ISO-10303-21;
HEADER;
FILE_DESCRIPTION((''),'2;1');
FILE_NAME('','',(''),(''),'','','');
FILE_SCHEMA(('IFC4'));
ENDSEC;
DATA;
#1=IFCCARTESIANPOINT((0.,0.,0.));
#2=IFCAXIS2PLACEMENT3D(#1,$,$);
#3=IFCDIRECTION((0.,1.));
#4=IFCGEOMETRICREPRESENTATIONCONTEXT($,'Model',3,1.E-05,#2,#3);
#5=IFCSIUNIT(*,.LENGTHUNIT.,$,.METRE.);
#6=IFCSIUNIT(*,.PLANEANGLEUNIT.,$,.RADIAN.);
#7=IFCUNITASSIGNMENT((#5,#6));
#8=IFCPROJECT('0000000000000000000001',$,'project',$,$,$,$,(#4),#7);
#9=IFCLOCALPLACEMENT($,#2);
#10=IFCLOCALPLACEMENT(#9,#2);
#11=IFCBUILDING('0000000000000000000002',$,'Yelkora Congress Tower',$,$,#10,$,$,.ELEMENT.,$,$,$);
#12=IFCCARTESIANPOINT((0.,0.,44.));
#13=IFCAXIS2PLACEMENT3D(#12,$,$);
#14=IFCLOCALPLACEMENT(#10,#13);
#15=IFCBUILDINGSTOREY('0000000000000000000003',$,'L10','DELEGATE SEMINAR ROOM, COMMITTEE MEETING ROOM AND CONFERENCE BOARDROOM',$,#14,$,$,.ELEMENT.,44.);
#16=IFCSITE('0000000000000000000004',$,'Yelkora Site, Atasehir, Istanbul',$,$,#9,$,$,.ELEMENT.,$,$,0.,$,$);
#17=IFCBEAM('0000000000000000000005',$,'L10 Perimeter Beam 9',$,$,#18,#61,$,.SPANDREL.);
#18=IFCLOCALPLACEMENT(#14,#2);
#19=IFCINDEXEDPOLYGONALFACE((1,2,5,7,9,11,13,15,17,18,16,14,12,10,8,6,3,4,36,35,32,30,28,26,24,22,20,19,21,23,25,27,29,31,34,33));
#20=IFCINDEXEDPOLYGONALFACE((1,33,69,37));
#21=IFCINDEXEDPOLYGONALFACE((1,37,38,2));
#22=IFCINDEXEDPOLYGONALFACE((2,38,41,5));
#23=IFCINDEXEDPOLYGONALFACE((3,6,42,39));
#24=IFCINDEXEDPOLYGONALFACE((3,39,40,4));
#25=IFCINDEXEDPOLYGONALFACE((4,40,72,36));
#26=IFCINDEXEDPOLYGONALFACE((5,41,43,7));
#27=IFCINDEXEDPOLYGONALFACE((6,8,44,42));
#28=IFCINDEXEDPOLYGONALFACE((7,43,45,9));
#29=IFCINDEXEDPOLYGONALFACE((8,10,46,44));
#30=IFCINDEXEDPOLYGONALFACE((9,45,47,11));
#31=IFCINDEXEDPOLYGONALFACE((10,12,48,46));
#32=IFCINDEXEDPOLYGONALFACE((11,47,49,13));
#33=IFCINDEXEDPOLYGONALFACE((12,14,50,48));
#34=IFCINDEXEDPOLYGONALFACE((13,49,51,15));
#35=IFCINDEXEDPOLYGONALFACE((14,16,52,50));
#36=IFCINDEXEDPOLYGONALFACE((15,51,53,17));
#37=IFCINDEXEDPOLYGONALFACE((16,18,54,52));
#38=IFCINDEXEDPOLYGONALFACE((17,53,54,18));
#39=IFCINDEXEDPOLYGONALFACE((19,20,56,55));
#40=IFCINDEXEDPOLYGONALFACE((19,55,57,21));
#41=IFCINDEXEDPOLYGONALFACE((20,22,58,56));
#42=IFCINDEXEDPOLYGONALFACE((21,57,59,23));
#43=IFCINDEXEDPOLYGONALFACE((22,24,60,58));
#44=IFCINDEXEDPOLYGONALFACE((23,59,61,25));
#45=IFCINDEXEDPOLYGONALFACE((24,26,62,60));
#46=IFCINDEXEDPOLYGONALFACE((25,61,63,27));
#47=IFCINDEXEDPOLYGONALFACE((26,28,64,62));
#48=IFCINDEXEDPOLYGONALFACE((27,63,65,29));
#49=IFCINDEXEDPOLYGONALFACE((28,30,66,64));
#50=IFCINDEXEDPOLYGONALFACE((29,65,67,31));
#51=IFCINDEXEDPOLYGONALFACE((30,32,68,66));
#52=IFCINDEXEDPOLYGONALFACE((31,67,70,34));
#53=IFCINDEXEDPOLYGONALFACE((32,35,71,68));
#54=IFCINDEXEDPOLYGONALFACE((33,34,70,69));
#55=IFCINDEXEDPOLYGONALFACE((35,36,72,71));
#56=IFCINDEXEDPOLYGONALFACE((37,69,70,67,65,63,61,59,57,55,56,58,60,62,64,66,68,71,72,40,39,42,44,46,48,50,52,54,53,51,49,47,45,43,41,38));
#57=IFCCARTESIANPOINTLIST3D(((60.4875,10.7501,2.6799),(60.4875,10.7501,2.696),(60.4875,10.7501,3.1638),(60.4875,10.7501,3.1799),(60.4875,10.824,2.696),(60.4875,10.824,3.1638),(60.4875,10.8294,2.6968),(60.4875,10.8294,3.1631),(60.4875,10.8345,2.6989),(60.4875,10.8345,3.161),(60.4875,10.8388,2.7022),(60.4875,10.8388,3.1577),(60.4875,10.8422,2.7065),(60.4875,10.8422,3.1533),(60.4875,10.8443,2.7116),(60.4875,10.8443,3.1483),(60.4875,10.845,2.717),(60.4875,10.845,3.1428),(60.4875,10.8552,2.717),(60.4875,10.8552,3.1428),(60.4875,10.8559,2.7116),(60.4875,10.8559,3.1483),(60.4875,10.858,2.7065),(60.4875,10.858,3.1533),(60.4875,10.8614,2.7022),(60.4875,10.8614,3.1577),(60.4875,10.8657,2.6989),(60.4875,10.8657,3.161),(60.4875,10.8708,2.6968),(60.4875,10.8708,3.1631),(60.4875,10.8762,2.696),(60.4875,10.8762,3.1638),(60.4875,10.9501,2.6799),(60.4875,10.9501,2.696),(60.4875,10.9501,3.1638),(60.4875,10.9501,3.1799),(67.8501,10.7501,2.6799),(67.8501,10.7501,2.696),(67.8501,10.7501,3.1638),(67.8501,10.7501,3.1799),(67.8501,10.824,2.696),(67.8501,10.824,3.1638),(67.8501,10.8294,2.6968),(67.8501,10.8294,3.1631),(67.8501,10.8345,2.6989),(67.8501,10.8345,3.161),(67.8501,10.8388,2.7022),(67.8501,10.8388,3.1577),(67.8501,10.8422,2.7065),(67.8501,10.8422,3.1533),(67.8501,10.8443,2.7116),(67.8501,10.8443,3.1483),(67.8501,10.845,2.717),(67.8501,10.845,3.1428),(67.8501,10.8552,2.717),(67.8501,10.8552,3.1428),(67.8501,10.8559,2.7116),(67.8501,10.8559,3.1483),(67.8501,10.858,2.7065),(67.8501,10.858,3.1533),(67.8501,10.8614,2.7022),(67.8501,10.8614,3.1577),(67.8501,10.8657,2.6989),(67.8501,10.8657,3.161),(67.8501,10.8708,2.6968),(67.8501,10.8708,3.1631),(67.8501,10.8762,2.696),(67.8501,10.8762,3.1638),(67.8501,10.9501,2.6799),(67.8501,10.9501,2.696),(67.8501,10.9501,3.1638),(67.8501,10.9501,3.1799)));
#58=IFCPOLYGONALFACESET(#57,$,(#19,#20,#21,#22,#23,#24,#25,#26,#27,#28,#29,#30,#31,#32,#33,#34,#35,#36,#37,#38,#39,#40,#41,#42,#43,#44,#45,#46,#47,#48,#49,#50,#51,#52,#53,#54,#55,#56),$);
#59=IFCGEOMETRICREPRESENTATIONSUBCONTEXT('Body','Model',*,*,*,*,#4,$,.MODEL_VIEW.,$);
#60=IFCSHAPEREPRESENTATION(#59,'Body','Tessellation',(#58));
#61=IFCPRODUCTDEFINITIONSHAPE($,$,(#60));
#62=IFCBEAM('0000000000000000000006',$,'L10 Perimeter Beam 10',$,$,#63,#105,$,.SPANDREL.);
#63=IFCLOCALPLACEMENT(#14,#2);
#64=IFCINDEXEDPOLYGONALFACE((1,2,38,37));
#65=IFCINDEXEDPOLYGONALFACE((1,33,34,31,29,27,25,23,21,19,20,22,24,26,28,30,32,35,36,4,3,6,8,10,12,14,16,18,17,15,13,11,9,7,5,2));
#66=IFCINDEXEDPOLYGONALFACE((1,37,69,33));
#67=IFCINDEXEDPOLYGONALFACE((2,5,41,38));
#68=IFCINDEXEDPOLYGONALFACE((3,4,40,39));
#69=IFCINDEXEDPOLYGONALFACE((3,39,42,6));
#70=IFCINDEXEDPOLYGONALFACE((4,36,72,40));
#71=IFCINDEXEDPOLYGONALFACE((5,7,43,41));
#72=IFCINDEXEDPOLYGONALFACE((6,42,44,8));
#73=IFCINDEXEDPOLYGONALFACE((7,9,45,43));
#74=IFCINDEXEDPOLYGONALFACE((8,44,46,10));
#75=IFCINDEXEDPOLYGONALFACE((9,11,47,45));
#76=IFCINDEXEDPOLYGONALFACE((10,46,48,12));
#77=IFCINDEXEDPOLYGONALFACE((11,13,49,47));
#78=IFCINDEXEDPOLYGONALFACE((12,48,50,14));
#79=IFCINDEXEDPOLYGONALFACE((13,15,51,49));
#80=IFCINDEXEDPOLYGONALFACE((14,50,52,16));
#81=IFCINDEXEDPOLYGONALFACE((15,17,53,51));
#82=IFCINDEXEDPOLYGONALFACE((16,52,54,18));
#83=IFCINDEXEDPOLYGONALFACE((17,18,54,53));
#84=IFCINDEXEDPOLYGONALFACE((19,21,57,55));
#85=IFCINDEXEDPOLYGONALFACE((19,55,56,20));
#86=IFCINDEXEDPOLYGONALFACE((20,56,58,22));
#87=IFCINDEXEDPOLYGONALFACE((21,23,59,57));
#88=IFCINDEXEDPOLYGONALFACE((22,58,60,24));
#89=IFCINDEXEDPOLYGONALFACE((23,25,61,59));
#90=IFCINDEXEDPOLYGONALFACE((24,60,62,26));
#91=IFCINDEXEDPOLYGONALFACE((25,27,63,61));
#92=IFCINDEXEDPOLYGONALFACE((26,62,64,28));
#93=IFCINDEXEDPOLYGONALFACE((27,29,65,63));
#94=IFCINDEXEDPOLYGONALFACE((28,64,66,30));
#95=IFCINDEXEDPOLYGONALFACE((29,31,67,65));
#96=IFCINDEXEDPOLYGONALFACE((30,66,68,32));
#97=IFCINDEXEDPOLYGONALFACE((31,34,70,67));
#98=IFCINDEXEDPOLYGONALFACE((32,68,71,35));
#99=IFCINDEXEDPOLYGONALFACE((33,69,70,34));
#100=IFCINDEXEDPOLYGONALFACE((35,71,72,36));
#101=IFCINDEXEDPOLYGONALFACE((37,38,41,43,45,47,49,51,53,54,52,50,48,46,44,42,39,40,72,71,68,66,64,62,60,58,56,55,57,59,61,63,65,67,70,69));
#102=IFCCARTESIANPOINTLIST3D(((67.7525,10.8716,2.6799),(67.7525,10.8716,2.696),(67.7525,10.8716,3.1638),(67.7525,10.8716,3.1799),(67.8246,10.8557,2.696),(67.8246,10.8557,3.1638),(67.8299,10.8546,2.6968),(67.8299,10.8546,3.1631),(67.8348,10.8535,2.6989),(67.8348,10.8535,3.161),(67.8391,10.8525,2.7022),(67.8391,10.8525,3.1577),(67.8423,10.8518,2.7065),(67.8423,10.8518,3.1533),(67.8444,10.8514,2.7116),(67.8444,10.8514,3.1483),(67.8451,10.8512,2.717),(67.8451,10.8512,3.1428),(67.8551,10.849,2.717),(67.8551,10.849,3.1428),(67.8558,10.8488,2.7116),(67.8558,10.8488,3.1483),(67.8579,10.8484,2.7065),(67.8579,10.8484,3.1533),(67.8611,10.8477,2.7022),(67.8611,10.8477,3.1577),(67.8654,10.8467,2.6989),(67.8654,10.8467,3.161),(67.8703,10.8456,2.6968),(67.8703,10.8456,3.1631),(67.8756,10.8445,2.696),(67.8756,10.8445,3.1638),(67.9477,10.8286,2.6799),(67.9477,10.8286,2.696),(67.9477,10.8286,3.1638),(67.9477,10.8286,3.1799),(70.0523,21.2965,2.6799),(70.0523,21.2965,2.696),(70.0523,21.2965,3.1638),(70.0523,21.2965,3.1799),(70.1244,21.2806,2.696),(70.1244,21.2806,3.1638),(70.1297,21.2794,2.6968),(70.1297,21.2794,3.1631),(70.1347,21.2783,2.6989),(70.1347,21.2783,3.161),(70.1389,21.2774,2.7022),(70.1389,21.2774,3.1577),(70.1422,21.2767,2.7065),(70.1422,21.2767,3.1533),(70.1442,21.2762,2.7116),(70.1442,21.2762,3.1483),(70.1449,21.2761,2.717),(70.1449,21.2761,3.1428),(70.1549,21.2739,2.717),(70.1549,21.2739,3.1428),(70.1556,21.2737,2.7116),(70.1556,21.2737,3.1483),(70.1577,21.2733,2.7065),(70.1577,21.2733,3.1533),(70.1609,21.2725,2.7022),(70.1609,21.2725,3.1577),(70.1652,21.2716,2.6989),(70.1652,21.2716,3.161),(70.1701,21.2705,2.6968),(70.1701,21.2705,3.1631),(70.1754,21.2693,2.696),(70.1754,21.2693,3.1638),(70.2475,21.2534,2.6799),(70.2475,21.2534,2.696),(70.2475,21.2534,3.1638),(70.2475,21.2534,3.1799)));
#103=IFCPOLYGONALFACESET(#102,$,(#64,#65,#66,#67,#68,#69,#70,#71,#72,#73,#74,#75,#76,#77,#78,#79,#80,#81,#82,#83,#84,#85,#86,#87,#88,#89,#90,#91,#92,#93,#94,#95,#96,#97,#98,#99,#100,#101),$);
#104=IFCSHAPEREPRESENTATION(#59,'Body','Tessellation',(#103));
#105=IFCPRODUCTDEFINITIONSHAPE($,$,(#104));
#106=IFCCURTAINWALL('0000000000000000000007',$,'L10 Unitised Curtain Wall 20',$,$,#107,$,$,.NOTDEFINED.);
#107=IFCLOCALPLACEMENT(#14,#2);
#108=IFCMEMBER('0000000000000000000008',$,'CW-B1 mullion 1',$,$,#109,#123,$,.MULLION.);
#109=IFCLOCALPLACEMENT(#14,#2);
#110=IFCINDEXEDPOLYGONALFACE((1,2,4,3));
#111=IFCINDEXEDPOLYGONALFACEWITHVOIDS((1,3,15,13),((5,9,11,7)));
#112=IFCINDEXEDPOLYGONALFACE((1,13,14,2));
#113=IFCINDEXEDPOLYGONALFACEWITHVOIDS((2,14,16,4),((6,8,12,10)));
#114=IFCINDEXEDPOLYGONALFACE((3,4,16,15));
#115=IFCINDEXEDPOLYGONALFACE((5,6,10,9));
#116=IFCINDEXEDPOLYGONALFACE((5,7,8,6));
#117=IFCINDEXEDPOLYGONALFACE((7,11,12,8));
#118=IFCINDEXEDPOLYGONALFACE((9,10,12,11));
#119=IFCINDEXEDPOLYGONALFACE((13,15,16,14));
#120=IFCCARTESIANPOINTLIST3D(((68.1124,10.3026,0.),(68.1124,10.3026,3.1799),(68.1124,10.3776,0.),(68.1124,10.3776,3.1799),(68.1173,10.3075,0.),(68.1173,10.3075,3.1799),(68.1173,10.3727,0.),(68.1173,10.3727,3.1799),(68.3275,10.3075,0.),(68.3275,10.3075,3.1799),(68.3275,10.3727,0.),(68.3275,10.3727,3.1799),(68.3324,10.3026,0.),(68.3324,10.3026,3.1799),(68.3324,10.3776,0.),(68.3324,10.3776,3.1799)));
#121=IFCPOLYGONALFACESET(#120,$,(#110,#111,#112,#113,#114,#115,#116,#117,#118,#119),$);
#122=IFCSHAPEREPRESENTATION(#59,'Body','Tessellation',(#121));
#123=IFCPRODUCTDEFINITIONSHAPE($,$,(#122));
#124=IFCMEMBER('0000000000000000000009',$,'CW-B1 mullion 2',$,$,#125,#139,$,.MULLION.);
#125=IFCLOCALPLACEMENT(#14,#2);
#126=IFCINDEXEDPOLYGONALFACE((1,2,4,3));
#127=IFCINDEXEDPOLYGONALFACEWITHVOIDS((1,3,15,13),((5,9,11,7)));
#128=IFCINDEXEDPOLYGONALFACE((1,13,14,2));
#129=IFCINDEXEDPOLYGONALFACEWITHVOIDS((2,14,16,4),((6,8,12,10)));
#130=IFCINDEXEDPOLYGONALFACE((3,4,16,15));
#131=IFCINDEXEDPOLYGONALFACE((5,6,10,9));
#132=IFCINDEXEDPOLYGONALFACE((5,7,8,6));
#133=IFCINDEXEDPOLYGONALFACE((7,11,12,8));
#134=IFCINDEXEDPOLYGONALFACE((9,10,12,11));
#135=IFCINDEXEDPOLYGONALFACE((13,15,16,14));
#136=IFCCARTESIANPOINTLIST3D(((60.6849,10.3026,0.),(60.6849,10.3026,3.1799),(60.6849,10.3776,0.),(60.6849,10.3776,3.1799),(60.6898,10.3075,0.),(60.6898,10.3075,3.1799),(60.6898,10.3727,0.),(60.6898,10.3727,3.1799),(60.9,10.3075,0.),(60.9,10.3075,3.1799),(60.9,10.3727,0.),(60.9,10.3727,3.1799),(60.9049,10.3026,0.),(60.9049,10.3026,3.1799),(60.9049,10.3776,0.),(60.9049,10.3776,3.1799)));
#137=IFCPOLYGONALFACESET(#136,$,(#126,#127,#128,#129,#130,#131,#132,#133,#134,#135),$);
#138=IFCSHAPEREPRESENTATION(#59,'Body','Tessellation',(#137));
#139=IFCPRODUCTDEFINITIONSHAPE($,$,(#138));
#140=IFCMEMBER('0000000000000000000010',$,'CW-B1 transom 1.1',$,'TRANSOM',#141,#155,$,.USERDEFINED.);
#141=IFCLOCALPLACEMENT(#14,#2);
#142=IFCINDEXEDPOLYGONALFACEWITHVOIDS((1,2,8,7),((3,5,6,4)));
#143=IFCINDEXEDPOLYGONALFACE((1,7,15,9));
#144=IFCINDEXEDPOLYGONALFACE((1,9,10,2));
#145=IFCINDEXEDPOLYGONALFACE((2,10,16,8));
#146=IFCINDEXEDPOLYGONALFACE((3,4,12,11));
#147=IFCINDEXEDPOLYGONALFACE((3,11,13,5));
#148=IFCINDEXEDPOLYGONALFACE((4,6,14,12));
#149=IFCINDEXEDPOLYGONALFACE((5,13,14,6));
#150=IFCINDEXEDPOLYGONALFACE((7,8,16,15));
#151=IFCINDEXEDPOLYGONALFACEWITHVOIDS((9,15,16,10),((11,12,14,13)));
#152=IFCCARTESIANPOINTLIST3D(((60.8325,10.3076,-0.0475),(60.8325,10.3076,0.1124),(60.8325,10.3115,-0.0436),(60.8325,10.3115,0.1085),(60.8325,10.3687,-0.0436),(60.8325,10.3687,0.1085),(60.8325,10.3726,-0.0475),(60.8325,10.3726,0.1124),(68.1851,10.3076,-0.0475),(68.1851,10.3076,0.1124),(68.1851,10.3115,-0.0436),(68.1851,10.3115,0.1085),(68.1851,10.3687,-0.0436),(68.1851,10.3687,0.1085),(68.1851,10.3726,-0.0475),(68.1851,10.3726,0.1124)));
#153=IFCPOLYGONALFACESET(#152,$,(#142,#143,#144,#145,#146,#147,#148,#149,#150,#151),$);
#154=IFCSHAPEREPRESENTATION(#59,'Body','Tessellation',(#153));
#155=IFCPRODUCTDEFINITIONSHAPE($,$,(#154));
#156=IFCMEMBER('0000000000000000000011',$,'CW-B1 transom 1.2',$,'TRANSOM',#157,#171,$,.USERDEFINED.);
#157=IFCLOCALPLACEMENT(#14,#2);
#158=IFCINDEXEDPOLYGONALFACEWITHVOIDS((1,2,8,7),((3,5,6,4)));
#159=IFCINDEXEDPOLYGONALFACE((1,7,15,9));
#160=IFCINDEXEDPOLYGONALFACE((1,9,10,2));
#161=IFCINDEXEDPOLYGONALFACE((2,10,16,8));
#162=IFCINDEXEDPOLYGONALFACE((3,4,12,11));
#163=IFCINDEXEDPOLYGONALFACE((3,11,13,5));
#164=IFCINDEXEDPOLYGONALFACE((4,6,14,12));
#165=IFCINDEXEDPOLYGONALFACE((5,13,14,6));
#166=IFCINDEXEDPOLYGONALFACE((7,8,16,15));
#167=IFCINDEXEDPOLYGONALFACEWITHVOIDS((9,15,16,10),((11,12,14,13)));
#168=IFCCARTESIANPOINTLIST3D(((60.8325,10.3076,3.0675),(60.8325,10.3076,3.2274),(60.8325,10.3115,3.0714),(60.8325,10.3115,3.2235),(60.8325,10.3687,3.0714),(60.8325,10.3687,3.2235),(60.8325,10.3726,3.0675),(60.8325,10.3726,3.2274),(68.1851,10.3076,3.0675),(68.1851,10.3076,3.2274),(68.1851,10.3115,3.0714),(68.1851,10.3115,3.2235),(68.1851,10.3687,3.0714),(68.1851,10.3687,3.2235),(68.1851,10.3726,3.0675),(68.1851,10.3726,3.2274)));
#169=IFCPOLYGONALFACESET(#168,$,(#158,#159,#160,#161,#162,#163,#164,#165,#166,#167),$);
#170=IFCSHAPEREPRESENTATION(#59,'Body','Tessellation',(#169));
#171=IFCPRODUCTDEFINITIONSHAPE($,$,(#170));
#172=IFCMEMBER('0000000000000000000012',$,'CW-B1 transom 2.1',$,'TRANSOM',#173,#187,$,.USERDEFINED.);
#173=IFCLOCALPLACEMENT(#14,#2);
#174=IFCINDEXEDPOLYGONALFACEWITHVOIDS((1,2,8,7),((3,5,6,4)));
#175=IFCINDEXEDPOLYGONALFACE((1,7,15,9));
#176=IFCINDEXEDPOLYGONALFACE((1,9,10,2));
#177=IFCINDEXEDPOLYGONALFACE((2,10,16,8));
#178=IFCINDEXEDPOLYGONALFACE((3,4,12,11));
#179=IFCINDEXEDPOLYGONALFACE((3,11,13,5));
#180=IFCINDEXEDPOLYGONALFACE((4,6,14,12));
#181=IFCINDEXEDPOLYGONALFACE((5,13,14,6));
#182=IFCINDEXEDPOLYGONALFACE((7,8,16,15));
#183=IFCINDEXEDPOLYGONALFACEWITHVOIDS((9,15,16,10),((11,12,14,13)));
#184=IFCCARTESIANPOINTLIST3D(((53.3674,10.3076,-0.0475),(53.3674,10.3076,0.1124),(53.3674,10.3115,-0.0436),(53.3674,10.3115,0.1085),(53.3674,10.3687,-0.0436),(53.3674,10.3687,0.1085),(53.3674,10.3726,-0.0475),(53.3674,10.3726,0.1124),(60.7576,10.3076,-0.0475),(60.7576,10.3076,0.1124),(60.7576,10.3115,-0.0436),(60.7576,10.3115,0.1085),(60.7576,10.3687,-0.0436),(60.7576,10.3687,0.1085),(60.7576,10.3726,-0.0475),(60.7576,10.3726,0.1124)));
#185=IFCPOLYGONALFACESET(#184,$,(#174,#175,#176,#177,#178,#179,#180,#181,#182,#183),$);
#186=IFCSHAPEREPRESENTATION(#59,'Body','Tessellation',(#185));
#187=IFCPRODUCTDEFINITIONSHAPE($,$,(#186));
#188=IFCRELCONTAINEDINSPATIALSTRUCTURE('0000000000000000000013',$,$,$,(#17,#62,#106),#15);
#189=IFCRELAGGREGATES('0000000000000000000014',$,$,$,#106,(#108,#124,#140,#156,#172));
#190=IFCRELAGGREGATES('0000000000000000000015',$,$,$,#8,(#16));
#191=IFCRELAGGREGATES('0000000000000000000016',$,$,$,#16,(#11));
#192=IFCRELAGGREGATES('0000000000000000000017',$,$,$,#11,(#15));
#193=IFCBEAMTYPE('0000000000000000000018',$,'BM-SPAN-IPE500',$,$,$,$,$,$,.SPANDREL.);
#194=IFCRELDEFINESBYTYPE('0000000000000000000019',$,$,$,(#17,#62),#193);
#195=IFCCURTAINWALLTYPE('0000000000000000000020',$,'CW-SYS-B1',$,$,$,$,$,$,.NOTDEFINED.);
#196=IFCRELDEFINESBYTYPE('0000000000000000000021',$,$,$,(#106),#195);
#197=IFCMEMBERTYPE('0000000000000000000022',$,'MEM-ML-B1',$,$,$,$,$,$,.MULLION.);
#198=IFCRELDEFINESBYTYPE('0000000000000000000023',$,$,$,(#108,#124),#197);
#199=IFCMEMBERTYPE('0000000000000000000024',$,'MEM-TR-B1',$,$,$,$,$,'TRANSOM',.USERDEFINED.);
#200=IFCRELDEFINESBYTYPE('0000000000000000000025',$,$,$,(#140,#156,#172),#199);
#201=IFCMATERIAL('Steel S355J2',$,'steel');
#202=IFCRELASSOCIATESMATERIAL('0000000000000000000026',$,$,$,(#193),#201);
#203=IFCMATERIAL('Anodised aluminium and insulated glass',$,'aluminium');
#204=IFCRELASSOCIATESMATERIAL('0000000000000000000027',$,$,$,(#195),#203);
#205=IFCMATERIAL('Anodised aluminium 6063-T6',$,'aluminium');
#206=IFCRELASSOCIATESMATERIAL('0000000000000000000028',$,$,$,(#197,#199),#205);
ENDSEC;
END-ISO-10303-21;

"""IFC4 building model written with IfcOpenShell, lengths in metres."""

from ifc_helpers import new_model, si_unit, direction, frame, origin, origin_2d, place, context, subcontext, project, spatial, hollow_rectangle, i_section, extrude, material, material_profile, profile_set, type_object, element, aggregate, save


model = new_model("IFC4")

# Units and contexts
model_context = context("Model", 3, precision=1e-05, world=origin(), true_north=direction((0.0, 1.0)))
body_context = subcontext(model_context, "Body", "Model", "MODEL_VIEW")
ifc_project = project(units=[si_unit("LENGTHUNIT", "METRE"), si_unit("PLANEANGLEUNIT", "RADIAN")], contexts=[model_context])

# Site, building, storey
site_placement = place(None, origin())
site = spatial("IfcSite", under=ifc_project, at=site_placement, Name="Yelkora Site, Atasehir, Istanbul", CompositionType="ELEMENT", RefElevation=0.0)
building_placement = place(site_placement, origin())
building = spatial("IfcBuilding", under=site, at=building_placement, Name="Yelkora Congress Tower", CompositionType="ELEMENT")
storey_placement = place(building_placement, frame((0.0, 0.0, 44.0)))
storey = spatial("IfcBuildingStorey", under=building, at=storey_placement, Name="L10", Description="DELEGATE SEMINAR ROOM, COMMITTEE MEETING ROOM AND CONFERENCE BOARDROOM", CompositionType="ELEMENT", Elevation=44.0)

# Beams
ifc_material_1 = material(Name="Steel S355J2", Category="steel")
ifc_material_profile_1 = material_profile(ifc_material_1, i_section(OverallWidth=0.2, OverallDepth=0.5, WebThickness=0.0103, FlangeThickness=0.0161, FilletRadius=0.021, at=origin_2d()), Name="IPE 500")
ifc_profile_set_1 = profile_set([ifc_material_profile_1], Name="Steel S355J2")
beam_type_1 = type_object("IfcBeamType", Name="BM-SPAN-IPE500", PredefinedType="SPANDREL", material=ifc_profile_set_1)
beam_1_placement = place(storey_placement, frame((60.4875, 10.8501, 2.9299), z_axis=(1.0, 0.0, 0.0), x_axis=(0.0, 1.0, 0.0)))
element("IfcBeam", 1, at=beam_1_placement, inside=storey, type_object=beam_type_1, Name="L10 Perimeter Beam 9", PredefinedType="SPANDREL", context=body_context, shape_type="SweptSolid", body=[
    extrude(i_section(OverallWidth=0.2, OverallDepth=0.5, WebThickness=0.0103, FlangeThickness=0.0161, FilletRadius=0.021, at=origin_2d()), origin(), (0.0, 0.0, 1.0), 7.3625),
])
beam_2_placement = place(storey_placement, frame((67.8501, 10.8501, 2.9299), z_axis=(0.215429, 0.97652, 0.0), x_axis=(-0.97652, 0.215429, 0.0)))
element("IfcBeam", 2, at=beam_2_placement, inside=storey, type_object=beam_type_1, Name="L10 Perimeter Beam 10", PredefinedType="SPANDREL", context=body_context, shape_type="SweptSolid", body=[
    extrude(i_section(OverallWidth=0.2, OverallDepth=0.5, WebThickness=0.0103, FlangeThickness=0.0161, FilletRadius=0.021, at=origin_2d()), origin(), (0.0, 0.0, 1.0), 10.6755),
])

# Curtain wall, members
ifc_material_2 = material(Name="Anodised aluminium and insulated glass", Category="aluminium")
curtain_wall_type = type_object("IfcCurtainWallType", Name="CW-SYS-B1", PredefinedType="NOTDEFINED", material=ifc_material_2)
curtain_wall_placement = place(storey_placement, origin())
curtain_wall = element("IfcCurtainWall", 3, at=curtain_wall_placement, inside=storey, type_object=curtain_wall_type, Name="L10 Unitised Curtain Wall 20", PredefinedType="NOTDEFINED")
ifc_material_3 = material(Name="Anodised aluminium 6063-T6", Category="aluminium")
ifc_material_profile_2 = material_profile(ifc_material_3, hollow_rectangle(XDim=0.075, YDim=0.22, WallThickness=0.0049, at=origin_2d()), Name="ALU 75x220x5")
ifc_profile_set_2 = profile_set([ifc_material_profile_2], Name="Anodised aluminium 6063-T6")
member_type_1 = type_object("IfcMemberType", Name="MEM-ML-B1", PredefinedType="MULLION", material=ifc_profile_set_2)
member_1_placement = place(storey_placement, frame((68.2224, 10.3401, 0.0), z_axis=(0.0, 0.0, 1.0), x_axis=(0.0, -1.0, 0.0)))
member_1 = element("IfcMember", 4, at=member_1_placement, type_object=member_type_1, Name="CW-B1 mullion 1", PredefinedType="MULLION", context=body_context, shape_type="SweptSolid", body=[
    extrude(hollow_rectangle(XDim=0.075, YDim=0.22, WallThickness=0.0049, at=origin_2d()), origin(), (0.0, 0.0, 1.0), 3.1799),
])
member_2_placement = place(storey_placement, frame((60.7949, 10.3401, 0.0), z_axis=(0.0, 0.0, 1.0), x_axis=(0.0, -1.0, 0.0)))
member_2 = element("IfcMember", 5, at=member_2_placement, type_object=member_type_1, Name="CW-B1 mullion 2", PredefinedType="MULLION", context=body_context, shape_type="SweptSolid", body=[
    extrude(hollow_rectangle(XDim=0.075, YDim=0.22, WallThickness=0.0049, at=origin_2d()), origin(), (0.0, 0.0, 1.0), 3.1799),
])
ifc_material_profile_3 = material_profile(ifc_material_3, hollow_rectangle(XDim=0.0649, YDim=0.1599, WallThickness=0.0039, at=origin_2d()), Name="ALU 65x160x4")
ifc_profile_set_3 = profile_set([ifc_material_profile_3], Name="Anodised aluminium 6063-T6")
member_type_2 = type_object("IfcMemberType", Name="MEM-TR-B1", ElementType="TRANSOM", PredefinedType="USERDEFINED", material=ifc_profile_set_3)
member_3_placement = place(storey_placement, frame((68.1851, 10.3401, 0.0325), z_axis=(-1.0, 0.0, 0.0), x_axis=(0.0, -1.0, 0.0)))
member_3 = element("IfcMember", 6, at=member_3_placement, type_object=member_type_2, Name="CW-B1 transom 1.1", ObjectType="TRANSOM", PredefinedType="USERDEFINED", context=body_context, shape_type="SweptSolid", body=[
    extrude(hollow_rectangle(XDim=0.0649, YDim=0.1599, WallThickness=0.0039, at=origin_2d()), origin(), (0.0, 0.0, 1.0), 7.3525),
])
member_4_placement = place(storey_placement, frame((68.1851, 10.3401, 3.1475), z_axis=(-1.0, 0.0, 0.0), x_axis=(0.0, -1.0, 0.0)))
member_4 = element("IfcMember", 7, at=member_4_placement, type_object=member_type_2, Name="CW-B1 transom 1.2", ObjectType="TRANSOM", PredefinedType="USERDEFINED", context=body_context, shape_type="SweptSolid", body=[
    extrude(hollow_rectangle(XDim=0.0649, YDim=0.1599, WallThickness=0.0039, at=origin_2d()), origin(), (0.0, 0.0, 1.0), 7.3525),
])
member_5_placement = place(storey_placement, frame((60.7576, 10.3401, 0.0325), z_axis=(-1.0, 0.0, 0.0), x_axis=(0.0, -1.0, 0.0)))
member_5 = element("IfcMember", 8, at=member_5_placement, type_object=member_type_2, Name="CW-B1 transom 2.1", ObjectType="TRANSOM", PredefinedType="USERDEFINED", context=body_context, shape_type="SweptSolid", body=[
    extrude(hollow_rectangle(XDim=0.0649, YDim=0.1599, WallThickness=0.0039, at=origin_2d()), origin(), (0.0, 0.0, 1.0), 7.3901),
])
aggregate(curtain_wall, [member_1, member_2, member_3, member_4, member_5])

save(model, "model.ifc")
